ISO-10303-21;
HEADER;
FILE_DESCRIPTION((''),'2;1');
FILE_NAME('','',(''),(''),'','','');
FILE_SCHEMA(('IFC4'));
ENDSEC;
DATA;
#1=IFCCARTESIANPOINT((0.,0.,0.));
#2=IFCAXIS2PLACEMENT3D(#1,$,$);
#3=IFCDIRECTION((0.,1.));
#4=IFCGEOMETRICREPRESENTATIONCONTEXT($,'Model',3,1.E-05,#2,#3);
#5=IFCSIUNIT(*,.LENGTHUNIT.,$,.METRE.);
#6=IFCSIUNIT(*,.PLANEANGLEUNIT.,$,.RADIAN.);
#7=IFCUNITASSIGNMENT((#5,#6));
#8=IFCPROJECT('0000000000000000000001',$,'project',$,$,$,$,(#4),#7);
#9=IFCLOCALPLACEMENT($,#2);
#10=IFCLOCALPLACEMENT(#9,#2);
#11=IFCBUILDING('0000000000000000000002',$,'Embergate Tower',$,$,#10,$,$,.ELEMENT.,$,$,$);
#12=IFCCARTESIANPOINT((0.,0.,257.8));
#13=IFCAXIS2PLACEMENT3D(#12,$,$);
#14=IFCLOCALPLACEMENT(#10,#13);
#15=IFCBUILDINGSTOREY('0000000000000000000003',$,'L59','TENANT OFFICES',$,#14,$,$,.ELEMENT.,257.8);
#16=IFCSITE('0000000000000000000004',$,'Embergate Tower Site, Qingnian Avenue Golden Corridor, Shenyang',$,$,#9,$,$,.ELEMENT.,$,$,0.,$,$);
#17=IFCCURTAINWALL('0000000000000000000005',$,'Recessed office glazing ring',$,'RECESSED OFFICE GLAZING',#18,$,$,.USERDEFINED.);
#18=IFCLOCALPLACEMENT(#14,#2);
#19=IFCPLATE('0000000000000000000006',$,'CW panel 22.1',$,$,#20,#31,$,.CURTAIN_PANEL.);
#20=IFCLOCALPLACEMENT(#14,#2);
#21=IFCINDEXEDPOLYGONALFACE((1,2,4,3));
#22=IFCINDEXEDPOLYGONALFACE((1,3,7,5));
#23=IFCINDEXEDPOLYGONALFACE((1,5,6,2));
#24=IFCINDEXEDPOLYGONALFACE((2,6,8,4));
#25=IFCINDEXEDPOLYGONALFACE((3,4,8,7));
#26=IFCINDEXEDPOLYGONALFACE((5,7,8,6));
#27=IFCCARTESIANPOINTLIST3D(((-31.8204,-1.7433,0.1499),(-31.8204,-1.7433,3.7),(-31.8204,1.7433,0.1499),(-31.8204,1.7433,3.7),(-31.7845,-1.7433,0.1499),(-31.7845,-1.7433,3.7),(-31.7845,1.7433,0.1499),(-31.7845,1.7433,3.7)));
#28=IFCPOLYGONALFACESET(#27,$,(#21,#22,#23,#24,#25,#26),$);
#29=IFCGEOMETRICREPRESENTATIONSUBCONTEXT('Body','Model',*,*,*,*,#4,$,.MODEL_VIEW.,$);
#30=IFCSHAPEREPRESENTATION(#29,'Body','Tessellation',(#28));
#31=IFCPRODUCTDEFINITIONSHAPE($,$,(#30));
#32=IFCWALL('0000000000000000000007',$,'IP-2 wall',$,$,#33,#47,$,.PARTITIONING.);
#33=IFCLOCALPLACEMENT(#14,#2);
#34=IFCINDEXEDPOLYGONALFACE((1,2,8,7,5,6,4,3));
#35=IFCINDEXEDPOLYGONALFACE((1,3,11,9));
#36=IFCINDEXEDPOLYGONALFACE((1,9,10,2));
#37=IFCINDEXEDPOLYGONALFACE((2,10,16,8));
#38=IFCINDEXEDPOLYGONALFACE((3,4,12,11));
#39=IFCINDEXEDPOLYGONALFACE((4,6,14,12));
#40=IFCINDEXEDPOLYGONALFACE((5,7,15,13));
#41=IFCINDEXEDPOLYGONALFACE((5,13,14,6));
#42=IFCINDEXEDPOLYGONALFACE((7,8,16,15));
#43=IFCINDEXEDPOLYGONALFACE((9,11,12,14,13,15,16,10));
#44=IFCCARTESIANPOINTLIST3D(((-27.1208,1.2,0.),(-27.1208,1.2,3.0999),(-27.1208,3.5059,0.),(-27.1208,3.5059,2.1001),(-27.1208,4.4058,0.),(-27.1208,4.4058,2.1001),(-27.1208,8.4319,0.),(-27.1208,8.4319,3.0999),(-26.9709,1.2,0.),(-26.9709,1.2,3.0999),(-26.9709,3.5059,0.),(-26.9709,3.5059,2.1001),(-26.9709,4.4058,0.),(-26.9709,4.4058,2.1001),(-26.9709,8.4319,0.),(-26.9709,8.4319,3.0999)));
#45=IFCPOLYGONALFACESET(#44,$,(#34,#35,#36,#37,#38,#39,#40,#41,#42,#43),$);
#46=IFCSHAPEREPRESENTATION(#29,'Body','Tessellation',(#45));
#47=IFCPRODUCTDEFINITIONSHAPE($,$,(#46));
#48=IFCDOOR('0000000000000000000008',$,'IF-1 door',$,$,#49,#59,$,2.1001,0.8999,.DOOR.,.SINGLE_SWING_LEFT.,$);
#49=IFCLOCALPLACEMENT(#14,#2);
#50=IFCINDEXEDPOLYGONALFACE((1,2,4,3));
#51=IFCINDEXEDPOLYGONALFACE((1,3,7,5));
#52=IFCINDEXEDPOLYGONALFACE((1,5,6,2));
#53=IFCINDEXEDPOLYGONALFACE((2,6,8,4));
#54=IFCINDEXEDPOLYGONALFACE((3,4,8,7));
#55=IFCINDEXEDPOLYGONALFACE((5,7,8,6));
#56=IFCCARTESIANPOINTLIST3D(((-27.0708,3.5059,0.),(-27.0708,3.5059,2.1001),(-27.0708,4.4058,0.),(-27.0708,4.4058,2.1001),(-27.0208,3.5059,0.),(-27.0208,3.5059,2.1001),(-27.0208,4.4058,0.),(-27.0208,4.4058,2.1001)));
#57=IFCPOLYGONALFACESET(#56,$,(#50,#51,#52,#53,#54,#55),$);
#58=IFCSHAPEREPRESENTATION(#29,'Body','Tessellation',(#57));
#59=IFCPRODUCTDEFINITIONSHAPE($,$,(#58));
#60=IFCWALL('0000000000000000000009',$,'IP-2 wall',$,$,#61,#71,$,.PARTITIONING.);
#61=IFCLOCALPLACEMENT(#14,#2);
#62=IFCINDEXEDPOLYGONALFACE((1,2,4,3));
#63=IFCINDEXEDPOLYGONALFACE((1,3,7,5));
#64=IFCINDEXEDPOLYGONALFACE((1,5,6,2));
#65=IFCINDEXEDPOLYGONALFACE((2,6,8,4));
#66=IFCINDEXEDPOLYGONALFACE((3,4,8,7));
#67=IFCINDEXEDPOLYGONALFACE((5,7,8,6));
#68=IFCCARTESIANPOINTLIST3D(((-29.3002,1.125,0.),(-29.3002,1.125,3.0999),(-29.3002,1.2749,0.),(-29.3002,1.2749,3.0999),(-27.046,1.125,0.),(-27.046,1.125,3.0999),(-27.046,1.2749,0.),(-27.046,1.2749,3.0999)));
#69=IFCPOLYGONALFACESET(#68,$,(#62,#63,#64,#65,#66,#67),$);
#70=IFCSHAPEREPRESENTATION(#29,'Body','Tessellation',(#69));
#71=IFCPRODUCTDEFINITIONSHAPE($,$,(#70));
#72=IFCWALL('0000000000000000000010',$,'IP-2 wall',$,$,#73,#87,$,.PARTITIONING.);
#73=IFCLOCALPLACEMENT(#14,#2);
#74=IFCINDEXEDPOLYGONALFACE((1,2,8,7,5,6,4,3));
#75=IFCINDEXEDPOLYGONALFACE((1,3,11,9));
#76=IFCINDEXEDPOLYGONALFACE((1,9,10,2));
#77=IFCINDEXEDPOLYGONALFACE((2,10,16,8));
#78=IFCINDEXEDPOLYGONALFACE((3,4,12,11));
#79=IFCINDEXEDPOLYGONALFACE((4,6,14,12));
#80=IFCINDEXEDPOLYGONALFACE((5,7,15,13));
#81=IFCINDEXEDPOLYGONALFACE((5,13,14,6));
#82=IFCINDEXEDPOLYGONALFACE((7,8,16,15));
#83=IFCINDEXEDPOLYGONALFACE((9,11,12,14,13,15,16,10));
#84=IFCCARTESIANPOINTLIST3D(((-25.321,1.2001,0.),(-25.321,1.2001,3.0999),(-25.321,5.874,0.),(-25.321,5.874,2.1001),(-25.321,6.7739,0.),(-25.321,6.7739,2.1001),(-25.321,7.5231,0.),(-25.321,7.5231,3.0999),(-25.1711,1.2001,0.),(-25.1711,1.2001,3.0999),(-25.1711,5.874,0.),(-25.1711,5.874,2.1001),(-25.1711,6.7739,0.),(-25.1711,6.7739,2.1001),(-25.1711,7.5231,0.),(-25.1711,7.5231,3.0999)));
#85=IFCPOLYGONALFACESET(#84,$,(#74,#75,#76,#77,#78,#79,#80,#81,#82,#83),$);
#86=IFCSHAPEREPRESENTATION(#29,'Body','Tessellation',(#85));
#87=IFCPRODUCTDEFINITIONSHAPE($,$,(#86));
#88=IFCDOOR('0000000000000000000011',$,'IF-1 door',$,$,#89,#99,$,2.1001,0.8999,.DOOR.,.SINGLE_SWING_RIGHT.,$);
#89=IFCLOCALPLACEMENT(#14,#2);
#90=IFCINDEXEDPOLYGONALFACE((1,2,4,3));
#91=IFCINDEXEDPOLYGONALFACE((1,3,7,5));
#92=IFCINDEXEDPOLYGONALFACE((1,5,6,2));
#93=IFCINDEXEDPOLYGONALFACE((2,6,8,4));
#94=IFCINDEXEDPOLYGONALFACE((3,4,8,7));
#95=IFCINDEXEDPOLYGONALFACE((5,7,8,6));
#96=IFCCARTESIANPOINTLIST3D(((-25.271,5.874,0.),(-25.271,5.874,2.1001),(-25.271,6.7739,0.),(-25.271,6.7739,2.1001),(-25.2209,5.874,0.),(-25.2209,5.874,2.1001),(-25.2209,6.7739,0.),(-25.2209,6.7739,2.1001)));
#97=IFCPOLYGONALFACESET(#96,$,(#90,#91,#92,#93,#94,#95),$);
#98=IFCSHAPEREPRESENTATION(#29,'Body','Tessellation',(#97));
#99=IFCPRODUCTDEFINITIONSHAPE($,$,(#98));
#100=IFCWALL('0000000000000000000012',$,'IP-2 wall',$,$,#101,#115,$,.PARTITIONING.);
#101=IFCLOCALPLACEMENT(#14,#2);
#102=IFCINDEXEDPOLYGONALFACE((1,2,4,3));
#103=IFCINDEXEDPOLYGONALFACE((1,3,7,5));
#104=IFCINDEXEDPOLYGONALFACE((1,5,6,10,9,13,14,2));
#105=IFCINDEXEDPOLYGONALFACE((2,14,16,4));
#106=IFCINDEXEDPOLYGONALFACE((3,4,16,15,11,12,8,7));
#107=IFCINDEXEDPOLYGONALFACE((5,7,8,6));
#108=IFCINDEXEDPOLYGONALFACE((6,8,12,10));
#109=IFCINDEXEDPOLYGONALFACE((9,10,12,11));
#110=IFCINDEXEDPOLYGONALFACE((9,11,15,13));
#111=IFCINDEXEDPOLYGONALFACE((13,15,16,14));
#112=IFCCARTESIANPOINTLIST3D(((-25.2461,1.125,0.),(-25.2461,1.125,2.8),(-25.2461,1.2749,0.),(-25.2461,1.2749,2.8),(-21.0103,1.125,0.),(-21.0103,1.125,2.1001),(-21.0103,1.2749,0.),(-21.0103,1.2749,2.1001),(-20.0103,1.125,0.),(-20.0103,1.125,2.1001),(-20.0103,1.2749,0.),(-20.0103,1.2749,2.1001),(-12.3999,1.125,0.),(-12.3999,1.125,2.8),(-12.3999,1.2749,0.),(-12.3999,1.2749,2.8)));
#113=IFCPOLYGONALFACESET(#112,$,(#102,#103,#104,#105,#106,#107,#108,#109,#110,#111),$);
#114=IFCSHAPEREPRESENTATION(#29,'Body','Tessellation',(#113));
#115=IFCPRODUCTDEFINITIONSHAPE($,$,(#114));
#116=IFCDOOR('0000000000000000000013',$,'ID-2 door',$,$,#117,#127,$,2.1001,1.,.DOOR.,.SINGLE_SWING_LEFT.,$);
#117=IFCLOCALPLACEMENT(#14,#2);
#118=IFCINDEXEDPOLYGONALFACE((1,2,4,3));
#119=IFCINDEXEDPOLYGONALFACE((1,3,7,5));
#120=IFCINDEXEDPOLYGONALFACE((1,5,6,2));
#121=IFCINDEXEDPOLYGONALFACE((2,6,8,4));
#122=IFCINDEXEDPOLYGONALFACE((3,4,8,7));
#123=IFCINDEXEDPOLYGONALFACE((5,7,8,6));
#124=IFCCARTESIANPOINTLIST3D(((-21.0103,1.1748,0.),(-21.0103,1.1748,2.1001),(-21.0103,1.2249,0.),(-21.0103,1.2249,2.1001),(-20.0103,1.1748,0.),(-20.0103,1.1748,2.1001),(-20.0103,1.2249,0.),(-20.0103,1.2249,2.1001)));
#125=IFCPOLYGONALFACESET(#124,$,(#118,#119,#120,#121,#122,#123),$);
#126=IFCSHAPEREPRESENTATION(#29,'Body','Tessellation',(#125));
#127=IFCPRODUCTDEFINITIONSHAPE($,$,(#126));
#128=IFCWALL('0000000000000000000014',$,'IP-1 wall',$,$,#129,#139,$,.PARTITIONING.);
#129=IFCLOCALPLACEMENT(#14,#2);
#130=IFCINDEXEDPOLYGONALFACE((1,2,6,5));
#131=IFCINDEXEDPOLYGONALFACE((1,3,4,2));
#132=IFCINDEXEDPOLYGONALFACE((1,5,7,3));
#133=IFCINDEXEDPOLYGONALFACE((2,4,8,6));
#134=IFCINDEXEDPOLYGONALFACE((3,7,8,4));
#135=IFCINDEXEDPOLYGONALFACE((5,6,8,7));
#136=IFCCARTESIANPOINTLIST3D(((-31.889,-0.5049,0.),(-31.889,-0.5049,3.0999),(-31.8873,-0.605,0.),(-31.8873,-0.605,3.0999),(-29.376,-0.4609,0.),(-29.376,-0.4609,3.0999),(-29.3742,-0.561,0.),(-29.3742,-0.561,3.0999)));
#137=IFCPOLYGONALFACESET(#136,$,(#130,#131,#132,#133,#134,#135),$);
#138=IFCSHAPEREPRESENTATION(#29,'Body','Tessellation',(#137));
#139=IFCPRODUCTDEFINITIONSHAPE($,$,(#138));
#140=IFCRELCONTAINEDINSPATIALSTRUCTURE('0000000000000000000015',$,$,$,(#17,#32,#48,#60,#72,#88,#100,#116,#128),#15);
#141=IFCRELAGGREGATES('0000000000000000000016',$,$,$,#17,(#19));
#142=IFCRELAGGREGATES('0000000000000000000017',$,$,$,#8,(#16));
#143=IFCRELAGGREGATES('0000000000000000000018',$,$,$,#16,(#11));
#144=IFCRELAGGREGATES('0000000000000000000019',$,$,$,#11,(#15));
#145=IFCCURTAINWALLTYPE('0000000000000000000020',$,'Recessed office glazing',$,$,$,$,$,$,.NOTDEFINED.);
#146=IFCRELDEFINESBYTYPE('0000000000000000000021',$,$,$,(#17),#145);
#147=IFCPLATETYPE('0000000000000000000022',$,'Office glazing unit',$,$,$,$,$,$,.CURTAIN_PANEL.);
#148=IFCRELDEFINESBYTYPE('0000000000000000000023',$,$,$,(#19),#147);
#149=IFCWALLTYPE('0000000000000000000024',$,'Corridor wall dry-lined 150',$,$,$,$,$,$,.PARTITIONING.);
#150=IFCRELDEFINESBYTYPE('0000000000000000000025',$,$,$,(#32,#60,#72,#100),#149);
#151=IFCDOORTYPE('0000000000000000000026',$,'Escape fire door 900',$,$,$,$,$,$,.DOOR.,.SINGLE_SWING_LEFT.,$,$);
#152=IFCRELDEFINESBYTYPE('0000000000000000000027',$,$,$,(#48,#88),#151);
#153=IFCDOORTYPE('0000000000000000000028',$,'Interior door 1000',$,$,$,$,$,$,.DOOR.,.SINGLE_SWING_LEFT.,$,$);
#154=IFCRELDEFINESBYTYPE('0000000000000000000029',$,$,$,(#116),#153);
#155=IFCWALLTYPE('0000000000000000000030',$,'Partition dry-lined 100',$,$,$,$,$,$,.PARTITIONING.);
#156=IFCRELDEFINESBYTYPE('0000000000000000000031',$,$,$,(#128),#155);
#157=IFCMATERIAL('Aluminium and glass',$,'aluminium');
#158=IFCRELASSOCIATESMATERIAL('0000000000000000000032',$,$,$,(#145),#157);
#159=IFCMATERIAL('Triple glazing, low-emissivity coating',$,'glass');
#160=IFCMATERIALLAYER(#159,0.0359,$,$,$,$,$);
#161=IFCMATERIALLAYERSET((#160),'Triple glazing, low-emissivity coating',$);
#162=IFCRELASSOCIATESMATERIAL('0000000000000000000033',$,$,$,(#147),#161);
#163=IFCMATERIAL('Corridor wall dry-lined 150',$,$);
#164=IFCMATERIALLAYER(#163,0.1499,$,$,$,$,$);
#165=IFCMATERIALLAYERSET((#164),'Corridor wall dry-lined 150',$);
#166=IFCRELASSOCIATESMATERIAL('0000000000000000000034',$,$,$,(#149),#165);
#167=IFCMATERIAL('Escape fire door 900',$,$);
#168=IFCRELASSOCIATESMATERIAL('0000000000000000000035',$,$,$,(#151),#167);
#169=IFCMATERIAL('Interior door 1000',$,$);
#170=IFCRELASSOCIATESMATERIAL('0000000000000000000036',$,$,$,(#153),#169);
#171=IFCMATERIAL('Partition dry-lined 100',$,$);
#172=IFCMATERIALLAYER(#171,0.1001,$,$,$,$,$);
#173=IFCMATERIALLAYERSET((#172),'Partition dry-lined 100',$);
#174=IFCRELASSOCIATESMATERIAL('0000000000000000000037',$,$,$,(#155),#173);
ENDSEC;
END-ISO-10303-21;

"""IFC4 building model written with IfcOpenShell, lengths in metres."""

from ifc_helpers import new_model, si_unit, direction, frame, frame_2d, origin, origin_2d, place, context, subcontext, project, spatial, rectangle, extrude, source, transform, mapped, material, layer, layer_set, type_object, element, fill, aggregate, save


model = new_model("IFC4")

# Units and contexts
model_context = context("Model", 3, precision=1e-05, world=origin(), true_north=direction((0.0, 1.0)))
body_context = subcontext(model_context, "Body", "Model", "MODEL_VIEW")
ifc_project = project(units=[si_unit("LENGTHUNIT", "METRE"), si_unit("PLANEANGLEUNIT", "RADIAN")], contexts=[model_context])

# Site, building, storey
site_placement = place(None, origin())
site = spatial("IfcSite", under=ifc_project, at=site_placement, Name="Embergate Tower Site, Qingnian Avenue Golden Corridor, Shenyang", CompositionType="ELEMENT", RefElevation=0.0)
building_placement = place(site_placement, origin())
building = spatial("IfcBuilding", under=site, at=building_placement, Name="Embergate Tower", CompositionType="ELEMENT")
storey_placement = place(building_placement, frame((0.0, 0.0, 257.8)))
storey = spatial("IfcBuildingStorey", under=building, at=storey_placement, Name="L59", Description="TENANT OFFICES", CompositionType="ELEMENT", Elevation=257.8)

# Curtain wall, plate
ifc_material_1 = material(Name="Aluminium and glass", Category="aluminium")
curtain_wall_type = type_object("IfcCurtainWallType", Name="Recessed office glazing", PredefinedType="NOTDEFINED", material=ifc_material_1)
curtain_wall_placement = place(storey_placement, origin())
curtain_wall = element("IfcCurtainWall", 1, at=curtain_wall_placement, inside=storey, type_object=curtain_wall_type, Name="Recessed office glazing ring", ObjectType="RECESSED OFFICE GLAZING", PredefinedType="USERDEFINED")
ifc_material_2 = material(Name="Triple glazing, low-emissivity coating", Category="glass")
ifc_layer_1 = layer(ifc_material_2, 0.0359)
ifc_layer_set_1 = layer_set([ifc_layer_1], Name="Triple glazing, low-emissivity coating")
plate_type = type_object("IfcPlateType", Name="Office glazing unit", PredefinedType="CURTAIN_PANEL", material=ifc_layer_set_1)
shared_shape_1 = source(origin(), body_context, "Body", "SweptSolid", [
    extrude(rectangle(XDim=3.4866, YDim=0.0359, at=origin_2d()), origin(), (0.0, 0.0, 1.0), 3.55),
])
plate_1_placement = place(storey_placement, frame((-31.8025, 0.0, 0.1499), z_axis=(0.0, 0.0, 1.0), x_axis=(0.0, -1.0, 0.0)))
plate_1 = element("IfcPlate", 2, at=plate_1_placement, type_object=plate_type, Name="CW panel 22.1", PredefinedType="CURTAIN_PANEL", context=body_context, shape_type="MappedRepresentation", body=[
    mapped(shared_shape_1, transform((0.0, 0.0, 0.0))),
])
aggregate(curtain_wall, [plate_1])

# Wall, opening, door
ifc_material_3 = material(Name="Corridor wall dry-lined 150")
ifc_layer_2 = layer(ifc_material_3, 0.1499)
ifc_layer_set_2 = layer_set([ifc_layer_2], Name="Corridor wall dry-lined 150")
wall_type_1 = type_object("IfcWallType", Name="Corridor wall dry-lined 150", PredefinedType="PARTITIONING", material=ifc_layer_set_2)
shared_shape_2 = source(origin(), body_context, "Body", "SweptSolid", [
    extrude(rectangle(XDim=7.2319, YDim=0.1499, at=frame_2d((3.616, 0.0))), origin(), (0.0, 0.0, 1.0), 3.0999),
])
wall_1_placement = place(storey_placement, frame((-27.0459, 1.2, 0.0), z_axis=(0.0, 0.0, 1.0), x_axis=(0.0, 1.0, 0.0)))
wall_1 = element("IfcWall", 3, at=wall_1_placement, inside=storey, type_object=wall_type_1, Name="IP-2 wall", PredefinedType="PARTITIONING", context=body_context, shape_type="MappedRepresentation", body=[
    mapped(shared_shape_2, transform((0.0, 0.0, 0.0))),
])
shared_shape_3 = source(origin(), body_context, "Body", "SweptSolid", [
    extrude(rectangle(XDim=0.8999, YDim=2.1001, at=frame_2d((0.45, 1.05))), frame((0.0, 0.085, 0.0), z_axis=(0.0, -1.0, 0.0), x_axis=(1.0, 0.0, 0.0)), (0.0, 0.0, 1.0), 0.1699),
])
opening_1_placement = place(wall_1_placement, frame((2.3059, 0.0, 0.0)))
opening_1 = element("IfcOpeningElement", 4, at=opening_1_placement, cuts=wall_1, PredefinedType="OPENING", context=body_context, shape_type="MappedRepresentation", body=[
    mapped(shared_shape_3, transform((0.0, 0.0, 0.0))),
])
ifc_material_4 = material(Name="Escape fire door 900")
door_type_1 = type_object("IfcDoorType", Name="Escape fire door 900", OperationType="SINGLE_SWING_LEFT", PredefinedType="DOOR", material=ifc_material_4)
shared_shape_4 = source(origin(), body_context, "Body", "SweptSolid", [
    extrude(rectangle(XDim=0.8999, YDim=2.1001, at=frame_2d((0.45, 1.05))), frame((0.0, 0.0249, 0.0), z_axis=(0.0, -1.0, 0.0), x_axis=(1.0, 0.0, 0.0)), (0.0, 0.0, 1.0), 0.05),
])
door_1_placement = place(opening_1_placement, origin())
door_1 = element("IfcDoor", 5, at=door_1_placement, inside=storey, type_object=door_type_1, Name="IF-1 door", OperationType="SINGLE_SWING_LEFT", OverallHeight=2.1001, OverallWidth=0.8999, PredefinedType="DOOR", context=body_context, shape_type="MappedRepresentation", body=[
    mapped(shared_shape_4, transform((0.0, 0.0, 0.0))),
])
fill(opening_1, door_1)

# Wall
shared_shape_5 = source(origin(), body_context, "Body", "SweptSolid", [
    extrude(rectangle(XDim=2.2542, YDim=0.1499, at=frame_2d((1.127, 0.0))), origin(), (0.0, 0.0, 1.0), 3.0999),
])
wall_2_placement = place(storey_placement, frame((-29.3, 1.2, 0.0), z_axis=(0.0, 0.0, 1.0), x_axis=(1.0, 0.0, 0.0)))
element("IfcWall", 6, at=wall_2_placement, inside=storey, type_object=wall_type_1, Name="IP-2 wall", PredefinedType="PARTITIONING", context=body_context, shape_type="MappedRepresentation", body=[
    mapped(shared_shape_5, transform((0.0, 0.0, 0.0))),
])

# Walls, openings, doors
shared_shape_6 = source(origin(), body_context, "Body", "SweptSolid", [
    extrude(rectangle(XDim=6.323, YDim=0.1499, at=frame_2d((3.1616, 0.0))), origin(), (0.0, 0.0, 1.0), 3.0999),
])
wall_3_placement = place(storey_placement, frame((-25.2461, 1.2, 0.0), z_axis=(0.0, 0.0, 1.0), x_axis=(0.0, 1.0, 0.0)))
wall_3 = element("IfcWall", 7, at=wall_3_placement, inside=storey, type_object=wall_type_1, Name="IP-2 wall", PredefinedType="PARTITIONING", context=body_context, shape_type="MappedRepresentation", body=[
    mapped(shared_shape_6, transform((0.0, 0.0, 0.0))),
])
opening_2_placement = place(wall_3_placement, frame((4.6741, 0.0, 0.0)))
opening_2 = element("IfcOpeningElement", 8, at=opening_2_placement, cuts=wall_3, PredefinedType="OPENING", context=body_context, shape_type="MappedRepresentation", body=[
    mapped(shared_shape_3, transform((0.0, 0.0, 0.0))),
])
door_2_placement = place(opening_2_placement, origin())
door_2 = element("IfcDoor", 9, at=door_2_placement, inside=storey, type_object=door_type_1, Name="IF-1 door", OperationType="SINGLE_SWING_RIGHT", OverallHeight=2.1001, OverallWidth=0.8999, PredefinedType="DOOR", context=body_context, shape_type="MappedRepresentation", body=[
    mapped(shared_shape_4, transform((0.0, 0.0, 0.0))),
])
fill(opening_2, door_2)
shared_shape_7 = source(origin(), body_context, "Body", "SweptSolid", [
    extrude(rectangle(XDim=12.8462, YDim=0.1499, at=frame_2d((6.4231, 0.0))), origin(), (0.0, 0.0, 1.0), 2.8),
])
wall_4_placement = place(storey_placement, frame((-25.2461, 1.2, 0.0), z_axis=(0.0, 0.0, 1.0), x_axis=(1.0, 0.0, 0.0)))
wall_4 = element("IfcWall", 10, at=wall_4_placement, inside=storey, type_object=wall_type_1, Name="IP-2 wall", PredefinedType="PARTITIONING", context=body_context, shape_type="MappedRepresentation", body=[
    mapped(shared_shape_7, transform((0.0, 0.0, 0.0))),
])
shared_shape_8 = source(origin(), body_context, "Body", "SweptSolid", [
    extrude(rectangle(XDim=1.0, YDim=2.1001, at=frame_2d((0.5, 1.05))), frame((0.0, 0.085, 0.0), z_axis=(0.0, -1.0, 0.0), x_axis=(1.0, 0.0, 0.0)), (0.0, 0.0, 1.0), 0.1699),
])
opening_3_placement = place(wall_4_placement, frame((4.2358, 0.0, 0.0)))
opening_3 = element("IfcOpeningElement", 11, at=opening_3_placement, cuts=wall_4, PredefinedType="OPENING", context=body_context, shape_type="MappedRepresentation", body=[
    mapped(shared_shape_8, transform((0.0, 0.0, 0.0))),
])
ifc_material_5 = material(Name="Interior door 1000")
door_type_2 = type_object("IfcDoorType", Name="Interior door 1000", OperationType="SINGLE_SWING_LEFT", PredefinedType="DOOR", material=ifc_material_5)
shared_shape_9 = source(origin(), body_context, "Body", "SweptSolid", [
    extrude(rectangle(XDim=1.0, YDim=2.1001, at=frame_2d((0.5, 1.05))), frame((0.0, 0.0249, 0.0), z_axis=(0.0, -1.0, 0.0), x_axis=(1.0, 0.0, 0.0)), (0.0, 0.0, 1.0), 0.05),
])
door_3_placement = place(opening_3_placement, origin())
door_3 = element("IfcDoor", 12, at=door_3_placement, inside=storey, type_object=door_type_2, Name="ID-2 door", OperationType="SINGLE_SWING_LEFT", OverallHeight=2.1001, OverallWidth=1.0, PredefinedType="DOOR", context=body_context, shape_type="MappedRepresentation", body=[
    mapped(shared_shape_9, transform((0.0, 0.0, 0.0))),
])
fill(opening_3, door_3)

# Wall
ifc_material_6 = material(Name="Partition dry-lined 100")
ifc_layer_3 = layer(ifc_material_6, 0.1001)
ifc_layer_set_3 = layer_set([ifc_layer_3], Name="Partition dry-lined 100")
wall_type_2 = type_object("IfcWallType", Name="Partition dry-lined 100", PredefinedType="PARTITIONING", material=ifc_layer_set_3)
shared_shape_10 = source(origin(), body_context, "Body", "SweptSolid", [
    extrude(rectangle(XDim=2.5134, YDim=0.1001, at=frame_2d((1.2568, 0.0))), origin(), (0.0, 0.0, 1.0), 3.0999),
])
wall_5_placement = place(storey_placement, frame((-29.375, -0.511, 0.0), z_axis=(0.0, 0.0, 1.0), x_axis=(-0.999847, -0.017485, 0.0)))
element("IfcWall", 13, at=wall_5_placement, inside=storey, type_object=wall_type_2, Name="IP-1 wall", PredefinedType="PARTITIONING", context=body_context, shape_type="MappedRepresentation", body=[
    mapped(shared_shape_10, transform((0.0, 0.0, 0.0))),
])

save(model, "model.ifc")
